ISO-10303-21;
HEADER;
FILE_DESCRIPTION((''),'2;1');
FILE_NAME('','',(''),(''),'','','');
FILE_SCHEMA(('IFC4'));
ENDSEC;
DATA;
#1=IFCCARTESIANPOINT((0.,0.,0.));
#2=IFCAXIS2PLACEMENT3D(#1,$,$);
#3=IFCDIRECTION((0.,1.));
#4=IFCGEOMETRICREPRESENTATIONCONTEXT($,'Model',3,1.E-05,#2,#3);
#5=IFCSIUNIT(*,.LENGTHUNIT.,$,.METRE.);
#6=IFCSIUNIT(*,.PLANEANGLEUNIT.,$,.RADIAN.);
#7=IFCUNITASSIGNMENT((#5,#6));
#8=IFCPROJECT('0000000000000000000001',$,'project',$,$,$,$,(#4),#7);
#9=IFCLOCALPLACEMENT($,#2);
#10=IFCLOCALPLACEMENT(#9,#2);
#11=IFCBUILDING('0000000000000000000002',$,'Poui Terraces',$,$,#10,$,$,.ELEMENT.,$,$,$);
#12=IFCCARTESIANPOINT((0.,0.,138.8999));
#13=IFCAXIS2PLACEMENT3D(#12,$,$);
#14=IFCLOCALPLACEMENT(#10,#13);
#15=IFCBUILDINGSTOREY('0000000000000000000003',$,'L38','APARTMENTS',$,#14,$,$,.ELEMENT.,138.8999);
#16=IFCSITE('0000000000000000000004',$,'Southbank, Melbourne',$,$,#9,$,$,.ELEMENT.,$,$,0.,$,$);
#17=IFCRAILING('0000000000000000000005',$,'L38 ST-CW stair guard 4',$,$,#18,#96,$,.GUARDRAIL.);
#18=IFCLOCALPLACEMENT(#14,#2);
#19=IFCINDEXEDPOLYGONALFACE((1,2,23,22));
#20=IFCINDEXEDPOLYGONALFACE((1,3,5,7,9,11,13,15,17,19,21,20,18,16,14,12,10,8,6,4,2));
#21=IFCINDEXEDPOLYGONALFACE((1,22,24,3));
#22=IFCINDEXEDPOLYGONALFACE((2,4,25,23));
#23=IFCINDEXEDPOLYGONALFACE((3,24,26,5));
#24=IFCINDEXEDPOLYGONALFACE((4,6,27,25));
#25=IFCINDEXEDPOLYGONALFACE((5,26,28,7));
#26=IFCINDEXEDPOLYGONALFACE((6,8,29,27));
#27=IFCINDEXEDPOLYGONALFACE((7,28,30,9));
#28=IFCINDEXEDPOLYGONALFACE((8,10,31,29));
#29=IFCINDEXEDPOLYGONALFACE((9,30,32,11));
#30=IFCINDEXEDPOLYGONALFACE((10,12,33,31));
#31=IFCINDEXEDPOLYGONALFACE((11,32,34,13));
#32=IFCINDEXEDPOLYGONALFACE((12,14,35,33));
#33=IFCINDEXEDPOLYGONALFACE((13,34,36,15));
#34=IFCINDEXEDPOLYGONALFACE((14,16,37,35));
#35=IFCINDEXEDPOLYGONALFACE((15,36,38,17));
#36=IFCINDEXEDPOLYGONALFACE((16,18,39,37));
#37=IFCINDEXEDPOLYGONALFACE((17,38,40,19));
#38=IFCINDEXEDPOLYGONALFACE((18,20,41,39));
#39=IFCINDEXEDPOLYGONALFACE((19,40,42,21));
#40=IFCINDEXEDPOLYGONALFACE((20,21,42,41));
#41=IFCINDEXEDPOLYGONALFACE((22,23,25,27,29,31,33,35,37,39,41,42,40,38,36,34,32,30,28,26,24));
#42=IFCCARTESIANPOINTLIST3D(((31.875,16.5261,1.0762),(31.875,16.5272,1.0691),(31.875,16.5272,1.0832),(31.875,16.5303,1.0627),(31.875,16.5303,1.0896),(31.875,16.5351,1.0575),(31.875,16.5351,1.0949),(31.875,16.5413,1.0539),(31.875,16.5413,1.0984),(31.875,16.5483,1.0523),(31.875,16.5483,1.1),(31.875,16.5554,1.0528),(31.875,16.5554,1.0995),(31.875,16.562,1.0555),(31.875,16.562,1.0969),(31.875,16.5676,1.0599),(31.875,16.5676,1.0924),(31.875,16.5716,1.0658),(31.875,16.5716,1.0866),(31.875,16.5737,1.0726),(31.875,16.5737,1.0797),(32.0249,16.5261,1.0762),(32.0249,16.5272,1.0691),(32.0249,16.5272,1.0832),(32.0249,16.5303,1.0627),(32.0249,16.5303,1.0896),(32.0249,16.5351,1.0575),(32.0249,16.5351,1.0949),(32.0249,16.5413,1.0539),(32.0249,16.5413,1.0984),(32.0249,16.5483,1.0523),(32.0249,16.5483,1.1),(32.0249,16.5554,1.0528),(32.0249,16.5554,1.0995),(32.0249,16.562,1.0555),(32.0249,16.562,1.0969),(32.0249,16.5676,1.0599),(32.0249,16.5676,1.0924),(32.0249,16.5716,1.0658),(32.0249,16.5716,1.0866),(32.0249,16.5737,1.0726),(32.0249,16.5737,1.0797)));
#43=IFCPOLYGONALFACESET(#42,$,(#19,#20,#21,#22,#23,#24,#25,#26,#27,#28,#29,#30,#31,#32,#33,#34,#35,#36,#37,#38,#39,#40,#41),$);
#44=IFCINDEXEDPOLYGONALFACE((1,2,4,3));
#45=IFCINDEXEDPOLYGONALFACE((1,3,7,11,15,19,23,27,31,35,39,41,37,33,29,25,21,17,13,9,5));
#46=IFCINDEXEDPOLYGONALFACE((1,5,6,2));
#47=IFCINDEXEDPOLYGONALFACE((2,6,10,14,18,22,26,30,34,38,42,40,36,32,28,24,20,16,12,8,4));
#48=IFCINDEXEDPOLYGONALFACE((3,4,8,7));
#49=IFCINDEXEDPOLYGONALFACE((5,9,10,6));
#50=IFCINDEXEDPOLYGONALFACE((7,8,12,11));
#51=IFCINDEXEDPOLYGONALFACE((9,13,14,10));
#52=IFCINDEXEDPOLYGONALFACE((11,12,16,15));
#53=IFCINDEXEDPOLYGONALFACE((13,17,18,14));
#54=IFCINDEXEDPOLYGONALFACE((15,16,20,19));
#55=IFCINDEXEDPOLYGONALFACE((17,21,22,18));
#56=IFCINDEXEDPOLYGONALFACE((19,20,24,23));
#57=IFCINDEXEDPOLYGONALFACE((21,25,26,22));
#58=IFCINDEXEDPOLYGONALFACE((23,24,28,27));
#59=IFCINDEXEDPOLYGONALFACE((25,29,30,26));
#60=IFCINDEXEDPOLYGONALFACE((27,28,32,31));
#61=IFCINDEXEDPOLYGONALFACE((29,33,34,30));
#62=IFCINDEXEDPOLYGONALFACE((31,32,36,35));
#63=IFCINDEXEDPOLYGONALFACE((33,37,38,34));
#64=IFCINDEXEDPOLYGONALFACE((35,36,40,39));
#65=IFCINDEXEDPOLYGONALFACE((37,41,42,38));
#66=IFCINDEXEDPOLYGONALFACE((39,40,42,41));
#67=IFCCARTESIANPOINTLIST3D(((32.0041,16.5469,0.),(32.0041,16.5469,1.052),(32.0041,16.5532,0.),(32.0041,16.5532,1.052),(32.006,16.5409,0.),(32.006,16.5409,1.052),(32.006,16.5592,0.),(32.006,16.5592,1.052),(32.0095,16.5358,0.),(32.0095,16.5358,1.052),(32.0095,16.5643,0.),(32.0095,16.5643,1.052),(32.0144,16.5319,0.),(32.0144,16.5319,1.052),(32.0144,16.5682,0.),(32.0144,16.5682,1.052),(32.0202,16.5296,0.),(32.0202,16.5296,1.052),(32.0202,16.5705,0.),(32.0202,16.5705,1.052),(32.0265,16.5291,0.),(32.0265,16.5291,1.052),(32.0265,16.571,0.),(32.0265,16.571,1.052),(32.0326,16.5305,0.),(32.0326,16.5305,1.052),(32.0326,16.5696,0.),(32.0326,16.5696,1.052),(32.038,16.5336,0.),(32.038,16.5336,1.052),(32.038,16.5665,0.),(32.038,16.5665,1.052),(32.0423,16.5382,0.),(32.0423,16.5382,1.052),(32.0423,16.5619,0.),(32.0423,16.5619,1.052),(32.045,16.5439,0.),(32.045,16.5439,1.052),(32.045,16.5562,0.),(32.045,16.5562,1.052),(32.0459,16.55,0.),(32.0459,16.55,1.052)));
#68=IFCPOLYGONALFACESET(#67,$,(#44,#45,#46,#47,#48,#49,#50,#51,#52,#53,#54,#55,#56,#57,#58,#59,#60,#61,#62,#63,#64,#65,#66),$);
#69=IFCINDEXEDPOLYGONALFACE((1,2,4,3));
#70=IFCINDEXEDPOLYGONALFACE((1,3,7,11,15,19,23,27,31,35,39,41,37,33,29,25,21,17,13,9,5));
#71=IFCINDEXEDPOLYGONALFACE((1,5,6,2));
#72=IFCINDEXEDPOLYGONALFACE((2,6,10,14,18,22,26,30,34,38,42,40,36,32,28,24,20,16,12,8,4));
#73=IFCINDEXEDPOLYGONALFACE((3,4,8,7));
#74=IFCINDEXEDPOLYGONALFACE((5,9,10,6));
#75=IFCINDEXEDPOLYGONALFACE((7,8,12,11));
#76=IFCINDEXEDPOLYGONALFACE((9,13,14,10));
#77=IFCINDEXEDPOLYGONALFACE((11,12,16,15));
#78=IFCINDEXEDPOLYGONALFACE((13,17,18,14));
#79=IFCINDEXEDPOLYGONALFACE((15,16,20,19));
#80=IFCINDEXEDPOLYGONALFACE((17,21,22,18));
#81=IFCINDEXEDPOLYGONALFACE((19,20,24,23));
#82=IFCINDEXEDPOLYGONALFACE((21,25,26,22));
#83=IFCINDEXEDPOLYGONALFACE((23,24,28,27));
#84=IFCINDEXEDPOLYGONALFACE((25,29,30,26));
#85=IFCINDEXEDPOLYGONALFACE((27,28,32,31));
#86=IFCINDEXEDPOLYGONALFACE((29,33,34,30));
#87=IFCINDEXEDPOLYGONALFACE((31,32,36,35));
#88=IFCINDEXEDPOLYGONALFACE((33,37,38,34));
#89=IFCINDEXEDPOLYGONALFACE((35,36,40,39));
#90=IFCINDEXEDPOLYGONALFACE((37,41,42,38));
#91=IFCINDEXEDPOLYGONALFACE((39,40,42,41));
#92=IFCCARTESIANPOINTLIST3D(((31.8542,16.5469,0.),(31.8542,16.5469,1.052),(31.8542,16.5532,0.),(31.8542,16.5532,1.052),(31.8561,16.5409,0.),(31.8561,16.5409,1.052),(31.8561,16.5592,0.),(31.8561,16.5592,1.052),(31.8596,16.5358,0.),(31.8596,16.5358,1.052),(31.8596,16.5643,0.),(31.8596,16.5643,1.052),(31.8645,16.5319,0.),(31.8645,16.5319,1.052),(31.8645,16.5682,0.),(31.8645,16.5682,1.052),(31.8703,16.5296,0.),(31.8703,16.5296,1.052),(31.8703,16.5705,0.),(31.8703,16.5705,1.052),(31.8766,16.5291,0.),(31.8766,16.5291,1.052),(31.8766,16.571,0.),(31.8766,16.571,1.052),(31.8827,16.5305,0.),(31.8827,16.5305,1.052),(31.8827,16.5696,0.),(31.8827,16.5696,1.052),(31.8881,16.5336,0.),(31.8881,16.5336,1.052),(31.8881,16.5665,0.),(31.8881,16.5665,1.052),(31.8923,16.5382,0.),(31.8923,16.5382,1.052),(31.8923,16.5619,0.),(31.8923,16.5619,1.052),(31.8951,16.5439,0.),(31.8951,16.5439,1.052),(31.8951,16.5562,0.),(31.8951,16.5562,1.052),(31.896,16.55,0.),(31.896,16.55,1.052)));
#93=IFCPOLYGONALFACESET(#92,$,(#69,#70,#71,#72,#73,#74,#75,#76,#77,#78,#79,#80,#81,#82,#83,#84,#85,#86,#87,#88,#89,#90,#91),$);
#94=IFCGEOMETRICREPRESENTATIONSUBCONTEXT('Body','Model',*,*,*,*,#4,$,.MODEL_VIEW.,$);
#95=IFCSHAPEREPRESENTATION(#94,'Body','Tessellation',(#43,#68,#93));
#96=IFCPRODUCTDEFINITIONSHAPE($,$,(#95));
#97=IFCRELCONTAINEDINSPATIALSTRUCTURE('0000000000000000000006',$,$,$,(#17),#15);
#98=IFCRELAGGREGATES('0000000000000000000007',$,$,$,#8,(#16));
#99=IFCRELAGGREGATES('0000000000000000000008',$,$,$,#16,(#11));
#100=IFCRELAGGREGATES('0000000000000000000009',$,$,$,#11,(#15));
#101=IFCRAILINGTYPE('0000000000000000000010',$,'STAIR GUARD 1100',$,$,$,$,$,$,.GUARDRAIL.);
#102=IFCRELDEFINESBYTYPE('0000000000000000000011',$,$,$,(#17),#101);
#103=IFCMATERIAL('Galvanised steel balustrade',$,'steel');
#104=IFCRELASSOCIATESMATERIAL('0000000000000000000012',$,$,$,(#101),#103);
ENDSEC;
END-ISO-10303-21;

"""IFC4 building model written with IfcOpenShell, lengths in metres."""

from ifc_helpers import new_model, si_unit, direction, frame, origin, origin_2d, place, context, subcontext, project, spatial, circle, extrude, material, type_object, element, save


model = new_model("IFC4")

# Units and contexts
model_context = context("Model", 3, precision=1e-05, world=origin(), true_north=direction((0.0, 1.0)))
body_context = subcontext(model_context, "Body", "Model", "MODEL_VIEW")
ifc_project = project(units=[si_unit("LENGTHUNIT", "METRE"), si_unit("PLANEANGLEUNIT", "RADIAN")], contexts=[model_context])

# Site, building, storey
site_placement = place(None, origin())
site = spatial("IfcSite", under=ifc_project, at=site_placement, Name="Southbank, Melbourne", CompositionType="ELEMENT", RefElevation=0.0)
building_placement = place(site_placement, origin())
building = spatial("IfcBuilding", under=site, at=building_placement, Name="Poui Terraces", CompositionType="ELEMENT")
storey_placement = place(building_placement, frame((0.0, 0.0, 138.8999)))
storey = spatial("IfcBuildingStorey", under=building, at=storey_placement, Name="L38", Description="APARTMENTS", CompositionType="ELEMENT", Elevation=138.8999)

# Railing
ifc_material_1 = material(Name="Galvanised steel balustrade", Category="steel")
railing_type_1 = type_object("IfcRailingType", Name="STAIR GUARD 1100", PredefinedType="GUARDRAIL", material=ifc_material_1)
railing_1_placement = place(storey_placement, frame((32.0249, 16.55, 0.0)))
element("IfcRailing", 1, at=railing_1_placement, inside=storey, type_object=railing_type_1, Name="L38 ST-CW stair guard 4", PredefinedType="GUARDRAIL", context=body_context, shape_type="SweptSolid", body=[
    extrude(circle(Radius=0.0239, at=origin_2d()), frame((0.0, 0.0, 1.0762), z_axis=(-1.0, 0.0, 0.0), x_axis=(0.0, -1.0, 0.0)), (0.0, 0.0, 1.0), 0.1499),
    extrude(circle(Radius=0.021, at=origin_2d()), origin(), (0.0, 0.0, 1.0), 1.052),
    extrude(circle(Radius=0.021, at=origin_2d()), frame((-0.1499, 0.0, 0.0)), (0.0, 0.0, 1.0), 1.052),
])

save(model, "model.ifc")
